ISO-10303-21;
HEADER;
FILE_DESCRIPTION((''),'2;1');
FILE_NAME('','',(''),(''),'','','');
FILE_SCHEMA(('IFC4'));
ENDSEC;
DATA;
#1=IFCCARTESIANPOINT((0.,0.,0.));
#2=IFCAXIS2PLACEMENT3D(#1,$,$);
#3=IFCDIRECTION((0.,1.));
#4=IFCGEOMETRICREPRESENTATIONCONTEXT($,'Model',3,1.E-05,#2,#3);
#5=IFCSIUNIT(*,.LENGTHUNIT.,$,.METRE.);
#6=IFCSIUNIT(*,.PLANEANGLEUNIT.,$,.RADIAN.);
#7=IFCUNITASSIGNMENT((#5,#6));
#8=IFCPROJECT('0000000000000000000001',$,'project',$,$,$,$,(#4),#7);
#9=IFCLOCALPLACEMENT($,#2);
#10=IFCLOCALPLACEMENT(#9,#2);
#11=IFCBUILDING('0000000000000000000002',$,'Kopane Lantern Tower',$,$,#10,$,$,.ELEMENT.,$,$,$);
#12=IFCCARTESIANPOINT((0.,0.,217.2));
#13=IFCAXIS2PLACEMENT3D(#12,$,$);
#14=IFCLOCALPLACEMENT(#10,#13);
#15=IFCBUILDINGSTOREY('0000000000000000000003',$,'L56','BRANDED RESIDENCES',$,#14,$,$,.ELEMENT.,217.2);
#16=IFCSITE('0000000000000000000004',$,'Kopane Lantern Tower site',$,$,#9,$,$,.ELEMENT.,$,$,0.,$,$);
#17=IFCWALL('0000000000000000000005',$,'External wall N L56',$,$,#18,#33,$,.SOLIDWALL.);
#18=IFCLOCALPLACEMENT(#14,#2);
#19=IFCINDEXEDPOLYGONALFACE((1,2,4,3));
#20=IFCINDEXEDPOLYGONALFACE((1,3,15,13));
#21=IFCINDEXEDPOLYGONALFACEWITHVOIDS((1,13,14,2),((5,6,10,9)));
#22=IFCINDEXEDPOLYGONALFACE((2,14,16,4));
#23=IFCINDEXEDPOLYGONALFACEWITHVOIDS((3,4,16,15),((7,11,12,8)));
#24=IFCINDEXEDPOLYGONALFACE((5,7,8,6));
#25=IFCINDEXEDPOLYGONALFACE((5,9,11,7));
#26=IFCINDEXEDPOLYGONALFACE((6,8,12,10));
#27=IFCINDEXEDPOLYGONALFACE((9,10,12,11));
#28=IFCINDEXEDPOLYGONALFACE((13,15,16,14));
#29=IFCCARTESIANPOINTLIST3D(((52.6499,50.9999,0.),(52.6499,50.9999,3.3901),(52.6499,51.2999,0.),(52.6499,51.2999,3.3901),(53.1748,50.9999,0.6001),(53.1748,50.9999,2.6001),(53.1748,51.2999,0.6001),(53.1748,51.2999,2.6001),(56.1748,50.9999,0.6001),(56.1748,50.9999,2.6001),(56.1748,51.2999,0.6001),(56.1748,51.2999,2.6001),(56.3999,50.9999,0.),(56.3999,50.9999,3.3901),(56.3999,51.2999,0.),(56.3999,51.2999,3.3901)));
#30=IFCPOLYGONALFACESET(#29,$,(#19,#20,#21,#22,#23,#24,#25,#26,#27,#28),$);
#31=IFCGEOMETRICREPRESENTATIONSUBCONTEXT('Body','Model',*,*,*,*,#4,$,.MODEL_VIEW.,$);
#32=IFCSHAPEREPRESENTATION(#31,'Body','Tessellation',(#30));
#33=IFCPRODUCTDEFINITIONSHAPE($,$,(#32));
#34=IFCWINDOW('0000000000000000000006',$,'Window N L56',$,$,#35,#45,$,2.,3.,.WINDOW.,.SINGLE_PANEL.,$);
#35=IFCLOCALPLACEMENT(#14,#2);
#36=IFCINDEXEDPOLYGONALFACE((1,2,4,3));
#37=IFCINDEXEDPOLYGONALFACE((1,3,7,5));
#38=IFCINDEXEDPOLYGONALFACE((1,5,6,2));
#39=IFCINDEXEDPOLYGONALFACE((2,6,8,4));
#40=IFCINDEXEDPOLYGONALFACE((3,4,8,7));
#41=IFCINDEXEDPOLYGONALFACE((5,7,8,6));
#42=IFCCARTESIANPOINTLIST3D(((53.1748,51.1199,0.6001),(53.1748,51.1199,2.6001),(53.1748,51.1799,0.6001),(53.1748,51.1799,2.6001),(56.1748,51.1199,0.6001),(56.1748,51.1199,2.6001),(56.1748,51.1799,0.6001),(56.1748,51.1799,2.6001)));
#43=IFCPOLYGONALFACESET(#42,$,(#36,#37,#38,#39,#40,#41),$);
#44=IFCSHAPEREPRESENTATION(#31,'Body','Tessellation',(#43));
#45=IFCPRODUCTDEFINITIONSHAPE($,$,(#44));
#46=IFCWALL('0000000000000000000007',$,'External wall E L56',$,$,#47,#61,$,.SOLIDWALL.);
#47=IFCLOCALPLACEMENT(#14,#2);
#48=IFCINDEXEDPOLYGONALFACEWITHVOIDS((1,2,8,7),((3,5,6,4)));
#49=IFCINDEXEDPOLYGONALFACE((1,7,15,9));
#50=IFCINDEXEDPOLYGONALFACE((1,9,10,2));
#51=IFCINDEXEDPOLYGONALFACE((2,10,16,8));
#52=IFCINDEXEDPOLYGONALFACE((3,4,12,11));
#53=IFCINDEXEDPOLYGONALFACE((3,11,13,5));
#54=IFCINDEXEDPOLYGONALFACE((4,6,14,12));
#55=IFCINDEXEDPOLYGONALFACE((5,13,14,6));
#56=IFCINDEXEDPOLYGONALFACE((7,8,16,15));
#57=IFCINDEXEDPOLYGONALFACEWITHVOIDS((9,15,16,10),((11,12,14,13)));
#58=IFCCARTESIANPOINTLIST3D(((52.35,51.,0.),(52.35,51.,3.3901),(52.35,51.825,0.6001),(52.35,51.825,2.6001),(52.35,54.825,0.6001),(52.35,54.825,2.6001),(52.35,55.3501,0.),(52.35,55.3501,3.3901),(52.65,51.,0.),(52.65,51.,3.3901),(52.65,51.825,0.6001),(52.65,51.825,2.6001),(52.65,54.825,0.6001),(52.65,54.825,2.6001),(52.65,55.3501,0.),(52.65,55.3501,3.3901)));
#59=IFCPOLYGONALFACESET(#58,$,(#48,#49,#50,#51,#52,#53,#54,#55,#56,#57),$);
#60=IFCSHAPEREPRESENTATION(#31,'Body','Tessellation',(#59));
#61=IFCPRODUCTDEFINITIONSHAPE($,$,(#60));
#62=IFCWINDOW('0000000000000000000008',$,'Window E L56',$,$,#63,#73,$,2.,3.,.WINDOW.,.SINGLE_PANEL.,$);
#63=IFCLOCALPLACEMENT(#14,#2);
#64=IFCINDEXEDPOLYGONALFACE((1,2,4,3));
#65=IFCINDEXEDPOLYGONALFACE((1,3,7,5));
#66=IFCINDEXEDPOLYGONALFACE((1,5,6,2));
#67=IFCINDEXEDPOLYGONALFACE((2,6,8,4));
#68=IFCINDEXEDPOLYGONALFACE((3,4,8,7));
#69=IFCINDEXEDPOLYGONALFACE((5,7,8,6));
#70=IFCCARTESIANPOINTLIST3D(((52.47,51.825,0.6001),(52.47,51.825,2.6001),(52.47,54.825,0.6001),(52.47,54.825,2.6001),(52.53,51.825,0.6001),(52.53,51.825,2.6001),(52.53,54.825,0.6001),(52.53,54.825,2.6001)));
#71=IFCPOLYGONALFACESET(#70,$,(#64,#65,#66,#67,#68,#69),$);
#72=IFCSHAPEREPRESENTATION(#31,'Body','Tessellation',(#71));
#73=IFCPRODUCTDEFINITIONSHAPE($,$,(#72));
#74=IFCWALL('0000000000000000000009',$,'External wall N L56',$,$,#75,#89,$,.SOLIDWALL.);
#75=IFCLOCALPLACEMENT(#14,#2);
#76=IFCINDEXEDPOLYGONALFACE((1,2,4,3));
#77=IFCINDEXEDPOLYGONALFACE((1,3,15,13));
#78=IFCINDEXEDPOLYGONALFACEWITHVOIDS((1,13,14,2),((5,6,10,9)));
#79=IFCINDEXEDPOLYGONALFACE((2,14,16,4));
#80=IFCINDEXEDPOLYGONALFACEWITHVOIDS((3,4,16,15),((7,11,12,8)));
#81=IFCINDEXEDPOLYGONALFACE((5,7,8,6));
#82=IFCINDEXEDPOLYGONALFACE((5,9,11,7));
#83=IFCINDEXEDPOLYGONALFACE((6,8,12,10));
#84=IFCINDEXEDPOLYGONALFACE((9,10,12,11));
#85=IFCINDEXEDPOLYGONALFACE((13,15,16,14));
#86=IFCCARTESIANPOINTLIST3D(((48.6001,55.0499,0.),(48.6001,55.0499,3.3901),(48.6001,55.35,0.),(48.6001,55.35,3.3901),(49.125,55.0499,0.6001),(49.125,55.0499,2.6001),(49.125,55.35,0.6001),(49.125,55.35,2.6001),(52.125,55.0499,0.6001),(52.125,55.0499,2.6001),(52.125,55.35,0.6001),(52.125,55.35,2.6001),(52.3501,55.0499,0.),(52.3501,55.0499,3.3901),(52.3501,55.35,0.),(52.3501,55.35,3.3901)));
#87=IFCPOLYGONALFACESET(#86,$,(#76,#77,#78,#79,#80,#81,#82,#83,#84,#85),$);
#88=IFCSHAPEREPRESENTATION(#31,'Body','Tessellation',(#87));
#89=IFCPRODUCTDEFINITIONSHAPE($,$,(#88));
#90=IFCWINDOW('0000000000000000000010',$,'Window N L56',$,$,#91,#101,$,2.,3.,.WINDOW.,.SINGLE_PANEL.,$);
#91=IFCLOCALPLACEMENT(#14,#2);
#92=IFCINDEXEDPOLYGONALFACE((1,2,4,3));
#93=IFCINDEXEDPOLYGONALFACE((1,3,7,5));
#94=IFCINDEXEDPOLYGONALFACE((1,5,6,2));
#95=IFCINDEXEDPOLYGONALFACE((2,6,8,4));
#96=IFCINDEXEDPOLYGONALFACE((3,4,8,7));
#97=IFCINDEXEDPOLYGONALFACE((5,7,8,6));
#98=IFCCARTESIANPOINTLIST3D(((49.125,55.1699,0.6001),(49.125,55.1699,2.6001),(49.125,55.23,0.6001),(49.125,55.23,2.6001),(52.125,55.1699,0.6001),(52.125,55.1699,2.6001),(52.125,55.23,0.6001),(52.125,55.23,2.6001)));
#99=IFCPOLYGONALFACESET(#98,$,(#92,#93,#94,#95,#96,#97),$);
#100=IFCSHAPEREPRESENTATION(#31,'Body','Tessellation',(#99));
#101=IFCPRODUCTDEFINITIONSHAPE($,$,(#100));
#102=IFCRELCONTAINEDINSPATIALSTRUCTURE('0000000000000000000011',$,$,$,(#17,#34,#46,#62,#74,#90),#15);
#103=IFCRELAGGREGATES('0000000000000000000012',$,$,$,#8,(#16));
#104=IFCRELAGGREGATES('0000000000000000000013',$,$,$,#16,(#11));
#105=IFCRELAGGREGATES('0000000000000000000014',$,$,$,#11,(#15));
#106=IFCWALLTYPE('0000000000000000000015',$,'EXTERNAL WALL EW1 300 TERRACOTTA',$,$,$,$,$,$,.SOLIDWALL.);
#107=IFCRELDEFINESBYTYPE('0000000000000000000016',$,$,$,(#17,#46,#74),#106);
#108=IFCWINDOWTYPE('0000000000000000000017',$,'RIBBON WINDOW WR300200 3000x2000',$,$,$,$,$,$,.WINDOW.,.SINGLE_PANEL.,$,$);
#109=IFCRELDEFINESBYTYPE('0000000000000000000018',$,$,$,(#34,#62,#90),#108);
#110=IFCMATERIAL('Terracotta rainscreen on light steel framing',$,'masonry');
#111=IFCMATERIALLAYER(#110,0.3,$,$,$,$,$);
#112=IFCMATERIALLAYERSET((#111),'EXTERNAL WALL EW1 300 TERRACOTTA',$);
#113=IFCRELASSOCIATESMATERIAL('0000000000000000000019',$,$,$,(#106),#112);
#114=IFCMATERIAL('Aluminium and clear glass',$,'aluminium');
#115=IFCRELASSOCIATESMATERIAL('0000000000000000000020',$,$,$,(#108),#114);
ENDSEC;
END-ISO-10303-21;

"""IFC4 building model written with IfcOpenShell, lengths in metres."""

from ifc_helpers import new_model, si_unit, direction, frame, frame_2d, origin, place, context, subcontext, project, spatial, rectangle, extrude, material, layer, layer_set, type_object, element, fill, save


model = new_model("IFC4")

# Units and contexts
model_context = context("Model", 3, precision=1e-05, world=origin(), true_north=direction((0.0, 1.0)))
body_context = subcontext(model_context, "Body", "Model", "MODEL_VIEW")
ifc_project = project(units=[si_unit("LENGTHUNIT", "METRE"), si_unit("PLANEANGLEUNIT", "RADIAN")], contexts=[model_context])

# Site, building, storey
site_placement = place(None, origin())
site = spatial("IfcSite", under=ifc_project, at=site_placement, Name="Kopane Lantern Tower site", CompositionType="ELEMENT", RefElevation=0.0)
building_placement = place(site_placement, origin())
building = spatial("IfcBuilding", under=site, at=building_placement, Name="Kopane Lantern Tower", CompositionType="ELEMENT")
storey_placement = place(building_placement, frame((0.0, 0.0, 217.2)))
storey = spatial("IfcBuildingStorey", under=building, at=storey_placement, Name="L56", Description="BRANDED RESIDENCES", CompositionType="ELEMENT", Elevation=217.2)

# Walls, openings, windows
ifc_material_1 = material(Name="Terracotta rainscreen on light steel framing", Category="masonry")
ifc_layer = layer(ifc_material_1, 0.3)
ifc_layer_set = layer_set([ifc_layer], Name="EXTERNAL WALL EW1 300 TERRACOTTA")
wall_type = type_object("IfcWallType", Name="EXTERNAL WALL EW1 300 TERRACOTTA", PredefinedType="SOLIDWALL", material=ifc_layer_set)
wall_1_placement = place(storey_placement, frame((56.3999, 51.1499, 0.0), z_axis=(0.0, 0.0, 1.0), x_axis=(-1.0, 0.0, 0.0)))
wall_1 = element("IfcWall", 1, at=wall_1_placement, inside=storey, type_object=wall_type, Name="External wall N L56", PredefinedType="SOLIDWALL", context=body_context, shape_type="SweptSolid", body=[
    extrude(rectangle(XDim=3.75, YDim=0.3, at=frame_2d((1.875, 0.0))), origin(), (0.0, 0.0, 1.0), 3.3901),
])
opening_1_placement = place(wall_1_placement, frame((0.2251, 0.0, 0.6001)))
opening_1 = element("IfcOpeningElement", 2, at=opening_1_placement, cuts=wall_1, PredefinedType="OPENING", context=body_context, shape_type="SweptSolid", body=[
    extrude(rectangle(XDim=3.0, YDim=2.0, at=frame_2d((1.5, 1.0))), frame((0.0, 0.1599, 0.0), z_axis=(0.0, -1.0, 0.0), x_axis=(1.0, 0.0, 0.0)), (0.0, 0.0, 1.0), 0.3201),
])
ifc_material_2 = material(Name="Aluminium and clear glass", Category="aluminium")
window_type = type_object("IfcWindowType", Name="RIBBON WINDOW WR300200 3000x2000", PartitioningType="SINGLE_PANEL", PredefinedType="WINDOW", material=ifc_material_2)
window_1_placement = place(opening_1_placement, origin())
window_1 = element("IfcWindow", 3, at=window_1_placement, inside=storey, type_object=window_type, Name="Window N L56", OverallHeight=2.0, OverallWidth=3.0, PartitioningType="SINGLE_PANEL", PredefinedType="WINDOW", context=body_context, shape_type="SweptSolid", body=[
    extrude(rectangle(XDim=3.0, YDim=2.0, at=frame_2d((1.5, 1.0))), frame((0.0, 0.03, 0.0), z_axis=(0.0, -1.0, 0.0), x_axis=(1.0, 0.0, 0.0)), (0.0, 0.0, 1.0), 0.0601),
])
fill(opening_1, window_1)
wall_2_placement = place(storey_placement, frame((52.5, 51.0, 0.0), z_axis=(0.0, 0.0, 1.0), x_axis=(0.0, 1.0, 0.0)))
wall_2 = element("IfcWall", 4, at=wall_2_placement, inside=storey, type_object=wall_type, Name="External wall E L56", PredefinedType="SOLIDWALL", context=body_context, shape_type="SweptSolid", body=[
    extrude(rectangle(XDim=4.3501, YDim=0.3, at=frame_2d((2.175, 0.0))), origin(), (0.0, 0.0, 1.0), 3.3901),
])
opening_2_placement = place(wall_2_placement, frame((0.825, 0.0, 0.6001)))
opening_2 = element("IfcOpeningElement", 5, at=opening_2_placement, cuts=wall_2, PredefinedType="OPENING", context=body_context, shape_type="SweptSolid", body=[
    extrude(rectangle(XDim=3.0, YDim=2.0, at=frame_2d((1.5, 1.0))), frame((0.0, 0.1599, 0.0), z_axis=(0.0, -1.0, 0.0), x_axis=(1.0, 0.0, 0.0)), (0.0, 0.0, 1.0), 0.3201),
])
window_2_placement = place(opening_2_placement, origin())
window_2 = element("IfcWindow", 6, at=window_2_placement, inside=storey, type_object=window_type, Name="Window E L56", OverallHeight=2.0, OverallWidth=3.0, PartitioningType="SINGLE_PANEL", PredefinedType="WINDOW", context=body_context, shape_type="SweptSolid", body=[
    extrude(rectangle(XDim=3.0, YDim=2.0, at=frame_2d((1.5, 1.0))), frame((0.0, 0.03, 0.0), z_axis=(0.0, -1.0, 0.0), x_axis=(1.0, 0.0, 0.0)), (0.0, 0.0, 1.0), 0.0601),
])
fill(opening_2, window_2)
wall_3_placement = place(storey_placement, frame((52.3501, 55.2, 0.0), z_axis=(0.0, 0.0, 1.0), x_axis=(-1.0, 0.0, 0.0)))
wall_3 = element("IfcWall", 7, at=wall_3_placement, inside=storey, type_object=wall_type, Name="External wall N L56", PredefinedType="SOLIDWALL", context=body_context, shape_type="SweptSolid", body=[
    extrude(rectangle(XDim=3.75, YDim=0.3, at=frame_2d((1.875, 0.0))), origin(), (0.0, 0.0, 1.0), 3.3901),
])
opening_3_placement = place(wall_3_placement, frame((0.2251, 0.0, 0.6001)))
opening_3 = element("IfcOpeningElement", 8, at=opening_3_placement, cuts=wall_3, PredefinedType="OPENING", context=body_context, shape_type="SweptSolid", body=[
    extrude(rectangle(XDim=3.0, YDim=2.0, at=frame_2d((1.5, 1.0))), frame((0.0, 0.1599, 0.0), z_axis=(0.0, -1.0, 0.0), x_axis=(1.0, 0.0, 0.0)), (0.0, 0.0, 1.0), 0.3201),
])
window_3_placement = place(opening_3_placement, origin())
window_3 = element("IfcWindow", 9, at=window_3_placement, inside=storey, type_object=window_type, Name="Window N L56", OverallHeight=2.0, OverallWidth=3.0, PartitioningType="SINGLE_PANEL", PredefinedType="WINDOW", context=body_context, shape_type="SweptSolid", body=[
    extrude(rectangle(XDim=3.0, YDim=2.0, at=frame_2d((1.5, 1.0))), frame((0.0, 0.03, 0.0), z_axis=(0.0, -1.0, 0.0), x_axis=(1.0, 0.0, 0.0)), (0.0, 0.0, 1.0), 0.0601),
])
fill(opening_3, window_3)

save(model, "model.ifc")
